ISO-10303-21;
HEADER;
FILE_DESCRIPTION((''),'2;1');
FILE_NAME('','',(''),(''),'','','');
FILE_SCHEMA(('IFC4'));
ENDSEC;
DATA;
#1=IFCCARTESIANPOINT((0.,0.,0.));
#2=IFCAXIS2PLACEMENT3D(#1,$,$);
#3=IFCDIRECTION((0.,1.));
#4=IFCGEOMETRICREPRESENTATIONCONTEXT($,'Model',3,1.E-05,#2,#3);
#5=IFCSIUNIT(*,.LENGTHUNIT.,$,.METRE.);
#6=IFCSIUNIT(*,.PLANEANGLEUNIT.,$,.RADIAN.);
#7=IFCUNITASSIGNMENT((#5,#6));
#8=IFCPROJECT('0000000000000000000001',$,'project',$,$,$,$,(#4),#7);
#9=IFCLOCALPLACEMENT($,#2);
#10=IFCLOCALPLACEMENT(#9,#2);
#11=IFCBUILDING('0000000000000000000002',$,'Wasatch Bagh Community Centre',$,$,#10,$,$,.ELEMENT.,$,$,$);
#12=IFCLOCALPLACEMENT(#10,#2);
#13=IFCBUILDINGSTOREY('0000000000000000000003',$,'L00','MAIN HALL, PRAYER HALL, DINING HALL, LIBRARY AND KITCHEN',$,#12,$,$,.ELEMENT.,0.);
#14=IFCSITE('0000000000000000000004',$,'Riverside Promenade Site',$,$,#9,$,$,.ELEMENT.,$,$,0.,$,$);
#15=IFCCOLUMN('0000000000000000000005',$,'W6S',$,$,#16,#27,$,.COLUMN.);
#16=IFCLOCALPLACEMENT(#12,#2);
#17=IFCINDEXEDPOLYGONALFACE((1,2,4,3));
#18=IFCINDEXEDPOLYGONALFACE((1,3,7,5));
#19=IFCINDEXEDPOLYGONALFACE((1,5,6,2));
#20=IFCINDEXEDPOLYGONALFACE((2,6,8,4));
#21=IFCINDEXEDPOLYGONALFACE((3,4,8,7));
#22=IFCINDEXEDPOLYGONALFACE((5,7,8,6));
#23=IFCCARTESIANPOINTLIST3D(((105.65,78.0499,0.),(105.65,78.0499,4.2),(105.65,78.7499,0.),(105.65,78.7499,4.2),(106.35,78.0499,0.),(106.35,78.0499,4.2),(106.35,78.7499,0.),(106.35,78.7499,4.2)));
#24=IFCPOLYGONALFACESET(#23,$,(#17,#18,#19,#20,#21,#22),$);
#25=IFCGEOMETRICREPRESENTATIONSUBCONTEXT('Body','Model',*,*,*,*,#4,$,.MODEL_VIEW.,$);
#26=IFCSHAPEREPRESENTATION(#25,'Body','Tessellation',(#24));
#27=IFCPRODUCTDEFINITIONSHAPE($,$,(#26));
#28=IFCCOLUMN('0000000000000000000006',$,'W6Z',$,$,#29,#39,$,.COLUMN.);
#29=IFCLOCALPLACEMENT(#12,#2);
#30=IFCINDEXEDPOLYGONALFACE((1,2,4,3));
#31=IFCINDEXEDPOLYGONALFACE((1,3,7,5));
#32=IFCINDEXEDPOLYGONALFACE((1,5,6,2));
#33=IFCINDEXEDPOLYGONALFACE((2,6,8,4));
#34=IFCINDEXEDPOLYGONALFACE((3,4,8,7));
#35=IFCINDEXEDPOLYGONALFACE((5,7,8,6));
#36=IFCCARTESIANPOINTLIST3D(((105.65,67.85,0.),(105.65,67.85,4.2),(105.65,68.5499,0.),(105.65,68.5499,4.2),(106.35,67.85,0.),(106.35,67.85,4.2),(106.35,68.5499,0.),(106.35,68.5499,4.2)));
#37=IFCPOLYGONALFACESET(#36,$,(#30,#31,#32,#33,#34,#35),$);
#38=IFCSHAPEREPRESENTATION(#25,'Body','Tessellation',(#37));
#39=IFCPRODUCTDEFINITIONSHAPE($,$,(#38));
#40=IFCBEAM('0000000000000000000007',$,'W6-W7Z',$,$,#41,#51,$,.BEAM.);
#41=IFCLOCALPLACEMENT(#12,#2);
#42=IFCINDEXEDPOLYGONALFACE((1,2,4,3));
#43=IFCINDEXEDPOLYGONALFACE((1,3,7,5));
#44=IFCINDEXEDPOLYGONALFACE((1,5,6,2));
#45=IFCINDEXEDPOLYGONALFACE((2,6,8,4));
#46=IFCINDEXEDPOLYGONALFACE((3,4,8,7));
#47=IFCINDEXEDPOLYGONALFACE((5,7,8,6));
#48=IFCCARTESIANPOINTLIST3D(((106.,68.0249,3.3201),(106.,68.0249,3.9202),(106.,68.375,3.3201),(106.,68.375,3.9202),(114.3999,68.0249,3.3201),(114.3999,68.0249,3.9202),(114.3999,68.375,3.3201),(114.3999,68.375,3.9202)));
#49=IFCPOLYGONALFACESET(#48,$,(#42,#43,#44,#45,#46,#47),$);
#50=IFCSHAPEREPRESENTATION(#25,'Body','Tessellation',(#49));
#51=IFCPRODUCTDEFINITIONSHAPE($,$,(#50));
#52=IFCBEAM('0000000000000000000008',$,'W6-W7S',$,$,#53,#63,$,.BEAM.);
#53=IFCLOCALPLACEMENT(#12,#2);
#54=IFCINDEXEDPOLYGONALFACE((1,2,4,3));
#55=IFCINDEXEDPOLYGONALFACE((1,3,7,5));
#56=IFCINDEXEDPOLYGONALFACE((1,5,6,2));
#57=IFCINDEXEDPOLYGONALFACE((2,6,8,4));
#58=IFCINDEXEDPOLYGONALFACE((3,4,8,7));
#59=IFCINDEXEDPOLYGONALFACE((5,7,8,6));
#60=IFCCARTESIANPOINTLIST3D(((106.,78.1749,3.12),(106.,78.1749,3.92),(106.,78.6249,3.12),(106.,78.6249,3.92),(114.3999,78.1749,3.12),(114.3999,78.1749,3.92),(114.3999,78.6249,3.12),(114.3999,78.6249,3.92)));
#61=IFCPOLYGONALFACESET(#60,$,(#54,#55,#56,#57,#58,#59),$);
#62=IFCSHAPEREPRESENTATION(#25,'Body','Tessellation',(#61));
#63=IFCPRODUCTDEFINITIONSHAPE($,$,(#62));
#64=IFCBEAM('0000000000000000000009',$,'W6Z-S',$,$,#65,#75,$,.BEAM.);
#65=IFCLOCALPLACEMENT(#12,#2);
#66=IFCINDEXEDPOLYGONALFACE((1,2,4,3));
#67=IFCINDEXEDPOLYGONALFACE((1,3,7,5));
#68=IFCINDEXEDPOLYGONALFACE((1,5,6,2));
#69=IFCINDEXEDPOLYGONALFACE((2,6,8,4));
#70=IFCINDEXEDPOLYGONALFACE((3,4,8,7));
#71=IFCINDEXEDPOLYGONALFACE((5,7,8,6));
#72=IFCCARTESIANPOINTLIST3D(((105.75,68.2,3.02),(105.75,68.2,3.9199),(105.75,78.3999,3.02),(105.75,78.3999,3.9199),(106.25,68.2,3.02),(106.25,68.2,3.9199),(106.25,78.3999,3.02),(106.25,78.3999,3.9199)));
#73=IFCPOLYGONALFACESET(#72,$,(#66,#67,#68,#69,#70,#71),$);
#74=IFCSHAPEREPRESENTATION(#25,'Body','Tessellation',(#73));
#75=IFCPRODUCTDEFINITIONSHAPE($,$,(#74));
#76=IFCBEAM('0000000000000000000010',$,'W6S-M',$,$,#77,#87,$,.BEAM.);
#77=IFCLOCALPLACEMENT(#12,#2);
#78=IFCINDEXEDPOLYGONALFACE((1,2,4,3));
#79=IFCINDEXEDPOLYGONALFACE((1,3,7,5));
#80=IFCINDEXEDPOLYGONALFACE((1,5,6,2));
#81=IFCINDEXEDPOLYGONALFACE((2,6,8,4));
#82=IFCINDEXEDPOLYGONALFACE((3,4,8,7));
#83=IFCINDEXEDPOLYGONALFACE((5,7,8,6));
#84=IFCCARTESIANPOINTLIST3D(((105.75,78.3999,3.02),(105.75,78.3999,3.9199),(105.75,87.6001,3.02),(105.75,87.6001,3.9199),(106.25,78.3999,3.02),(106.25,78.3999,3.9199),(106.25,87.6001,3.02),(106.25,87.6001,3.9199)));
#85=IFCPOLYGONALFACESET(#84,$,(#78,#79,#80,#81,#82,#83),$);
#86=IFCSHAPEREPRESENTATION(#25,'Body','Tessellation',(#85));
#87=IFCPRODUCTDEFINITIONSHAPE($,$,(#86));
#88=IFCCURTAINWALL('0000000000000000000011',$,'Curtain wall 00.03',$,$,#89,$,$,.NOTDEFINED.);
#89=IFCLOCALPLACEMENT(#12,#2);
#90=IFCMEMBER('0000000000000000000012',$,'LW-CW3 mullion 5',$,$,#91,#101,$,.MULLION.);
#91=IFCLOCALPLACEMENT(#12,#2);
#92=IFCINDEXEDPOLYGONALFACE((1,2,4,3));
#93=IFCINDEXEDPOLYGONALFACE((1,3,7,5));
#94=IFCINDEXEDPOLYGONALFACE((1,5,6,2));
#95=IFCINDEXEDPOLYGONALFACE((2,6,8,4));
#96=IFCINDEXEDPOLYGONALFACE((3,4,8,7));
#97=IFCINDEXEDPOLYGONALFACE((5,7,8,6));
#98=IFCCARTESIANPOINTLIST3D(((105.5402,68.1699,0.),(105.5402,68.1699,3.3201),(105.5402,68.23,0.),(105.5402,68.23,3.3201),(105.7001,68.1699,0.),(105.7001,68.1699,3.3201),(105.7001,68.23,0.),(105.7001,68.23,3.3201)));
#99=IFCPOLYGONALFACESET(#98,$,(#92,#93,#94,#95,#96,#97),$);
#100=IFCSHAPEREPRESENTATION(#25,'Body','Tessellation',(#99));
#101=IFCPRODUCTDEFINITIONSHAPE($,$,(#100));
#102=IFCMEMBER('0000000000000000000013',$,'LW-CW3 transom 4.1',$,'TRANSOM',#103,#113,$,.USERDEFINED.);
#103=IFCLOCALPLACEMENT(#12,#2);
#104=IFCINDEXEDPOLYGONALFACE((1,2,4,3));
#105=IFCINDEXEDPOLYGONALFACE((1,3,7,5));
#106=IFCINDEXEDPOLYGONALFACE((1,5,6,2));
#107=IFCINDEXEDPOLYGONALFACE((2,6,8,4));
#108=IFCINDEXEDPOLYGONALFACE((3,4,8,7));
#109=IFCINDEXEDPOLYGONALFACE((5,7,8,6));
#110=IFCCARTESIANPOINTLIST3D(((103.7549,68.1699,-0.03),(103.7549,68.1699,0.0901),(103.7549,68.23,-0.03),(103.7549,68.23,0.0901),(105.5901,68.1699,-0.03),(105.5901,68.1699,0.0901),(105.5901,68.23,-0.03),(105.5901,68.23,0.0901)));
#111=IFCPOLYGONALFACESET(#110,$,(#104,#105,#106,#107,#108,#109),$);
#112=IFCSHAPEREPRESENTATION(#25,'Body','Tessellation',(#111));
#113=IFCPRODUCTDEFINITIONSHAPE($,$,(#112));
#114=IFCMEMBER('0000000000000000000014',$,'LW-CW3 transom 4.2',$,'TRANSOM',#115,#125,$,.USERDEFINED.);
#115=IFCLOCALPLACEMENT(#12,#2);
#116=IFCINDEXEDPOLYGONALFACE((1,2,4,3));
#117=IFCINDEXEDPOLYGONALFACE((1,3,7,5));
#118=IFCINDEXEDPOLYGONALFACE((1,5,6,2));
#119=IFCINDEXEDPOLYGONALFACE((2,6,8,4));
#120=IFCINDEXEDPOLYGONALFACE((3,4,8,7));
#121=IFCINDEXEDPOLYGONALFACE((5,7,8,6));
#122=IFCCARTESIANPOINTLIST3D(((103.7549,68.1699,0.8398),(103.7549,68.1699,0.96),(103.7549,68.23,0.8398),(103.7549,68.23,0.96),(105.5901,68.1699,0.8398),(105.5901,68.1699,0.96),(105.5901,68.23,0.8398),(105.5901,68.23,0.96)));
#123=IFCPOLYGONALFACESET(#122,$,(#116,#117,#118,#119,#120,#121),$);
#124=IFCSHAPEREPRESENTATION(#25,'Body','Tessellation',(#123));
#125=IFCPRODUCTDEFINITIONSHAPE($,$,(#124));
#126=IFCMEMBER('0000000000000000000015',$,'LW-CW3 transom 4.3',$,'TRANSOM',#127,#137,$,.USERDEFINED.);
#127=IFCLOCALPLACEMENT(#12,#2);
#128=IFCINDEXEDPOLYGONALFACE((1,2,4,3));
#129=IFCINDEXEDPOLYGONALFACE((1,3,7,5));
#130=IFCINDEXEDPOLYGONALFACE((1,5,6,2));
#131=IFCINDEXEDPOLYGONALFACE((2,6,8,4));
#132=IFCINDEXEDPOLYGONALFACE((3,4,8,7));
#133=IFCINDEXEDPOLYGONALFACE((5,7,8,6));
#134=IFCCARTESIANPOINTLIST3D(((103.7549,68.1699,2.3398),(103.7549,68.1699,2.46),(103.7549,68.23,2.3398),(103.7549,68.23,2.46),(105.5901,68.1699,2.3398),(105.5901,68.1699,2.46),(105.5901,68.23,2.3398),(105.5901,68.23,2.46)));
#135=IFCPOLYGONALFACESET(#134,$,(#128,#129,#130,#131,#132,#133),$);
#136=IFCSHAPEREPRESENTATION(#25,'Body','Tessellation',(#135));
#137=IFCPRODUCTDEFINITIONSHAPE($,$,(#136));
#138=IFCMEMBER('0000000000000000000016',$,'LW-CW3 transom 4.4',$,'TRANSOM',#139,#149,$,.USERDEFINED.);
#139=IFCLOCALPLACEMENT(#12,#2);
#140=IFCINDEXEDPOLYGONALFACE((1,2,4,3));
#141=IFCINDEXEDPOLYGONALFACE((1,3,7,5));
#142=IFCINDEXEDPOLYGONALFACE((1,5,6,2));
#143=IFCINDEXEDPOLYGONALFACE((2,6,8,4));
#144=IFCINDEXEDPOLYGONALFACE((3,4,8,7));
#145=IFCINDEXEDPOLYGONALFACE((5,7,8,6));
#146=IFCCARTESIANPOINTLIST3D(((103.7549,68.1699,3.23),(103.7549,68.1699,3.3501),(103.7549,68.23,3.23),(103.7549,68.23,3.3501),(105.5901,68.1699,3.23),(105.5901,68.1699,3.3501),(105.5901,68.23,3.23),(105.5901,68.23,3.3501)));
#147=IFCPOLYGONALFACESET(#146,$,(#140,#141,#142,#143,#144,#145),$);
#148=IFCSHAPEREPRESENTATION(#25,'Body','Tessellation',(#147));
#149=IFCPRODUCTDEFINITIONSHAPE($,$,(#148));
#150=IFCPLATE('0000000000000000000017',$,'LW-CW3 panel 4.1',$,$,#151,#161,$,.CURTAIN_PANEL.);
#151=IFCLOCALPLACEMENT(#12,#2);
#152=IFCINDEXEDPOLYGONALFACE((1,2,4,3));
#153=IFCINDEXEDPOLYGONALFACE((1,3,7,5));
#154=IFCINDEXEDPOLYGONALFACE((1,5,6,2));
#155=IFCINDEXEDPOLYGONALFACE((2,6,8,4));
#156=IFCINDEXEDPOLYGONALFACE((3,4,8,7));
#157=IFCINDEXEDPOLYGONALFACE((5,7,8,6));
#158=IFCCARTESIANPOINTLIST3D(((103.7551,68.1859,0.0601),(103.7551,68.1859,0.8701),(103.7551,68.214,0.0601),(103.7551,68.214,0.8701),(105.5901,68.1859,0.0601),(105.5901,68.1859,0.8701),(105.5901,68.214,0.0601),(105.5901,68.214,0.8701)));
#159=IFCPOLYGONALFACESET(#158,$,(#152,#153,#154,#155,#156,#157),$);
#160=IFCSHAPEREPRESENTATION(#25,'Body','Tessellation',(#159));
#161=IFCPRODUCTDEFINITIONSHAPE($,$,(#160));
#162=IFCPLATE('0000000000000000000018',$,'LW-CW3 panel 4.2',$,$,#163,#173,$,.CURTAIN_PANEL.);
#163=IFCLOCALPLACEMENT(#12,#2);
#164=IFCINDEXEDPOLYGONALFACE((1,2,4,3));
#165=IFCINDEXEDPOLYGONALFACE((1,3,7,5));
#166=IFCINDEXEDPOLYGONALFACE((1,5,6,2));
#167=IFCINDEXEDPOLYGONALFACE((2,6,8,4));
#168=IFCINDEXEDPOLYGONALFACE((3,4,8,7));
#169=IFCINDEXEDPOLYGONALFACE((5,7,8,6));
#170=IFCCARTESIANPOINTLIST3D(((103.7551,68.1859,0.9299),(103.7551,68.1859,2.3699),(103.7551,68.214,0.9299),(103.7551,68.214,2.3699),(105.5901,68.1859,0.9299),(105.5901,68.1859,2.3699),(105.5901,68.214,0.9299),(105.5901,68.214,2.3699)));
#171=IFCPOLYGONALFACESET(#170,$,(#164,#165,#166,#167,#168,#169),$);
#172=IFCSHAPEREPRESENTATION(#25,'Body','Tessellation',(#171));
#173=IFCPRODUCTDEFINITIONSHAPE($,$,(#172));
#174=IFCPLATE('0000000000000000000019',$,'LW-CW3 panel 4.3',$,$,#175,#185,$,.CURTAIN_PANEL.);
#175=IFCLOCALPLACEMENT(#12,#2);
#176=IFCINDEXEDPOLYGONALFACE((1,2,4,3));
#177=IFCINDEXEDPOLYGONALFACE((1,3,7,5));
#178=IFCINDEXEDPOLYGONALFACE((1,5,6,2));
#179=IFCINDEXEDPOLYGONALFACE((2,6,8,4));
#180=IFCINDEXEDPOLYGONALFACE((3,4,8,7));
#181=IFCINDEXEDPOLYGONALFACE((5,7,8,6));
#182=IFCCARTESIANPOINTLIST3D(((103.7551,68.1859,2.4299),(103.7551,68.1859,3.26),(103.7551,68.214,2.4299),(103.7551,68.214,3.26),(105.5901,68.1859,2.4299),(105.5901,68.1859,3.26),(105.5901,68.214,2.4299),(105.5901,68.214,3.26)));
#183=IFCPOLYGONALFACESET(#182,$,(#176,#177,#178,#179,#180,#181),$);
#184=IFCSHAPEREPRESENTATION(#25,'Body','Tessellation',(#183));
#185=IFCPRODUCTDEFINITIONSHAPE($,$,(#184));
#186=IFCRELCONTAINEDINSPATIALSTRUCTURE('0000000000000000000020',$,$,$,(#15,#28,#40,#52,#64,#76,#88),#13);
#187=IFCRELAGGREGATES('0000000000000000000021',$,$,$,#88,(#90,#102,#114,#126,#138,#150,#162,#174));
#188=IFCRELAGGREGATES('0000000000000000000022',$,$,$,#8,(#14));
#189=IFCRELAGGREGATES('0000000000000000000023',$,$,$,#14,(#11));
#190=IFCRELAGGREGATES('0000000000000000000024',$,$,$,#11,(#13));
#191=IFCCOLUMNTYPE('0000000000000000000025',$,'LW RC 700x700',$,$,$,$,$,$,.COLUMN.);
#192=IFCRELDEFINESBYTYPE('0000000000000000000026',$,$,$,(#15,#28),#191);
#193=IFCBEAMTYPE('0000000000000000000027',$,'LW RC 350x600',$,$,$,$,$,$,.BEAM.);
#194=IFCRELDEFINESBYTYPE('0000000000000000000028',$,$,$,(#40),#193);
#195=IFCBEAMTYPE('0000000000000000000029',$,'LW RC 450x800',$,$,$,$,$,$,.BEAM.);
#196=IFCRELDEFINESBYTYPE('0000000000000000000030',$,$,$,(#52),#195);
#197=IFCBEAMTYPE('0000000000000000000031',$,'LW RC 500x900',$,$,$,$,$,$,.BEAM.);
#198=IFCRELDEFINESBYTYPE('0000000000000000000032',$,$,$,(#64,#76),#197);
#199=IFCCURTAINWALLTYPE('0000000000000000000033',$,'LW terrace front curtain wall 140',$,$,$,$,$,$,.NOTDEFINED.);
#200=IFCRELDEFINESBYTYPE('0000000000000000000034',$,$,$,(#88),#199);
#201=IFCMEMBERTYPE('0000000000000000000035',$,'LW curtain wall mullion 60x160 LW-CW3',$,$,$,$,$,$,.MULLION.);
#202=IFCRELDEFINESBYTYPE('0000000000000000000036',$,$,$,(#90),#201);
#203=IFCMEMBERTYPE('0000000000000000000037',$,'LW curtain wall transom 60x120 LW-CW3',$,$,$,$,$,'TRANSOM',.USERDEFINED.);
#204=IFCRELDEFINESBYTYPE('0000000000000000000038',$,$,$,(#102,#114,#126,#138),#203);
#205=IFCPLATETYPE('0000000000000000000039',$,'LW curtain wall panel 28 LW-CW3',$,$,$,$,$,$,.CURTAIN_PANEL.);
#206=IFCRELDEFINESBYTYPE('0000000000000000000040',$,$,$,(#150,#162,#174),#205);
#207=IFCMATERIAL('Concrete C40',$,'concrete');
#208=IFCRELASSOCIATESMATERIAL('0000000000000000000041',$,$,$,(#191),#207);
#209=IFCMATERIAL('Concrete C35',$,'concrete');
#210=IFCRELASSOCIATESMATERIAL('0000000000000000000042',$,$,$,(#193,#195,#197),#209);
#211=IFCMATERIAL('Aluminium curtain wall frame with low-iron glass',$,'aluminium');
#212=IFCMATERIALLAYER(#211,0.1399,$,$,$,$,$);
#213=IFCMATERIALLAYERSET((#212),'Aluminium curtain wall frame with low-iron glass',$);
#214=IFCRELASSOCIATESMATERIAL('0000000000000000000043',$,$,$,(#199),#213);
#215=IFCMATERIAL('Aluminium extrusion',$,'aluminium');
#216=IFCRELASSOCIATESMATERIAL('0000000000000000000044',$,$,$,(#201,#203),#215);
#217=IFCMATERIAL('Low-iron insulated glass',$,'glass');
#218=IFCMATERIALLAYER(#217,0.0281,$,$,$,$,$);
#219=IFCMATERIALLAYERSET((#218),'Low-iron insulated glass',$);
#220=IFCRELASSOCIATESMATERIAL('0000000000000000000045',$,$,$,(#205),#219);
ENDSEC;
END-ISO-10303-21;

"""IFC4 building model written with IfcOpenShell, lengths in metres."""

from ifc_helpers import new_model, si_unit, direction, frame, origin, origin_2d, place, context, subcontext, project, spatial, rectangle, extrude, material, layer, layer_set, material_profile, profile_set, type_object, element, aggregate, save


model = new_model("IFC4")

# Units and contexts
model_context = context("Model", 3, precision=1e-05, world=origin(), true_north=direction((0.0, 1.0)))
body_context = subcontext(model_context, "Body", "Model", "MODEL_VIEW")
ifc_project = project(units=[si_unit("LENGTHUNIT", "METRE"), si_unit("PLANEANGLEUNIT", "RADIAN")], contexts=[model_context])

# Site, building, storey
site_placement = place(None, origin())
site = spatial("IfcSite", under=ifc_project, at=site_placement, Name="Riverside Promenade Site", CompositionType="ELEMENT", RefElevation=0.0)
building_placement = place(site_placement, origin())
building = spatial("IfcBuilding", under=site, at=building_placement, Name="Wasatch Bagh Community Centre", CompositionType="ELEMENT")
storey_placement = place(building_placement, origin())
storey = spatial("IfcBuildingStorey", under=building, at=storey_placement, Name="L00", Description="MAIN HALL, PRAYER HALL, DINING HALL, LIBRARY AND KITCHEN", CompositionType="ELEMENT", Elevation=0.0)

# Shared definitions
ifc_material_1 = material(Name="Concrete C35", Category="concrete")

# Columns
ifc_material_2 = material(Name="Concrete C40", Category="concrete")
ifc_material_profile_1 = material_profile(ifc_material_2, rectangle(XDim=0.7, YDim=0.7, at=origin_2d()), Name="RC 700x700")
ifc_profile_set_1 = profile_set([ifc_material_profile_1], Name="Concrete C40")
column_type = type_object("IfcColumnType", Name="LW RC 700x700", PredefinedType="COLUMN", material=ifc_profile_set_1)
for number, where, z_axis, x_axis, name in (
    (1, (106.0, 78.3999, 0.0), (0.0, 0.0, 1.0), (1.0, 0.0, 0.0), "W6S"),
    (2, (106.0, 68.2, 0.0), (0.0, 0.0, 1.0), (1.0, 0.0, 0.0), "W6Z"),
):
    element("IfcColumn", number, at=place(storey_placement, frame(where, z_axis=z_axis, x_axis=x_axis)), inside=storey, type_object=column_type, Name=name, PredefinedType="COLUMN", context=body_context, shape_type="SweptSolid", body=[
        extrude(rectangle(XDim=0.7, YDim=0.7, at=origin_2d()), origin(), (0.0, 0.0, 1.0), 4.2),
    ])

# Beams
ifc_material_profile_2 = material_profile(ifc_material_1, rectangle(XDim=0.3501, YDim=0.6001, at=origin_2d()), Name="RC 350x600")
ifc_profile_set_2 = profile_set([ifc_material_profile_2], Name="Concrete C35")
beam_type_1 = type_object("IfcBeamType", Name="LW RC 350x600", PredefinedType="BEAM", material=ifc_profile_set_2)
beam_1_placement = place(storey_placement, frame((106.0, 68.2, 3.6201), z_axis=(1.0, 0.0, 0.0), x_axis=(0.0, 1.0, 0.0)))
element("IfcBeam", 3, at=beam_1_placement, inside=storey, type_object=beam_type_1, Name="W6-W7Z", PredefinedType="BEAM", context=body_context, shape_type="SweptSolid", body=[
    extrude(rectangle(XDim=0.3501, YDim=0.6001, at=origin_2d()), origin(), (0.0, 0.0, 1.0), 8.3999),
])
ifc_material_profile_3 = material_profile(ifc_material_1, rectangle(XDim=0.45, YDim=0.8, at=origin_2d()), Name="RC 450x800")
ifc_profile_set_3 = profile_set([ifc_material_profile_3], Name="Concrete C35")
beam_type_2 = type_object("IfcBeamType", Name="LW RC 450x800", PredefinedType="BEAM", material=ifc_profile_set_3)
beam_2_placement = place(storey_placement, frame((106.0, 78.3999, 3.52), z_axis=(1.0, 0.0, 0.0), x_axis=(0.0, 1.0, 0.0)))
element("IfcBeam", 4, at=beam_2_placement, inside=storey, type_object=beam_type_2, Name="W6-W7S", PredefinedType="BEAM", context=body_context, shape_type="SweptSolid", body=[
    extrude(rectangle(XDim=0.45, YDim=0.8, at=origin_2d()), origin(), (0.0, 0.0, 1.0), 8.3999),
])
ifc_material_profile_4 = material_profile(ifc_material_1, rectangle(XDim=0.5, YDim=0.8999, at=origin_2d()), Name="RC 500x900")
ifc_profile_set_4 = profile_set([ifc_material_profile_4], Name="Concrete C35")
beam_type_3 = type_object("IfcBeamType", Name="LW RC 500x900", PredefinedType="BEAM", material=ifc_profile_set_4)
beam_3_placement = place(storey_placement, frame((106.0, 68.2, 3.47), z_axis=(0.0, 1.0, 0.0), x_axis=(-1.0, 0.0, 0.0)))
element("IfcBeam", 5, at=beam_3_placement, inside=storey, type_object=beam_type_3, Name="W6Z-S", PredefinedType="BEAM", context=body_context, shape_type="SweptSolid", body=[
    extrude(rectangle(XDim=0.5, YDim=0.8999, at=origin_2d()), origin(), (0.0, 0.0, 1.0), 10.2),
])
beam_4_placement = place(storey_placement, frame((106.0, 78.3999, 3.47), z_axis=(0.0, 1.0, 0.0), x_axis=(-1.0, 0.0, 0.0)))
element("IfcBeam", 6, at=beam_4_placement, inside=storey, type_object=beam_type_3, Name="W6S-M", PredefinedType="BEAM", context=body_context, shape_type="SweptSolid", body=[
    extrude(rectangle(XDim=0.5, YDim=0.8999, at=origin_2d()), origin(), (0.0, 0.0, 1.0), 9.2002),
])

# Curtain wall, members, plates
ifc_material_3 = material(Name="Aluminium curtain wall frame with low-iron glass", Category="aluminium")
ifc_layer_1 = layer(ifc_material_3, 0.1399)
ifc_layer_set_1 = layer_set([ifc_layer_1], Name="Aluminium curtain wall frame with low-iron glass")
curtain_wall_type = type_object("IfcCurtainWallType", Name="LW terrace front curtain wall 140", PredefinedType="NOTDEFINED", material=ifc_layer_set_1)
curtain_wall_placement = place(storey_placement, origin())
curtain_wall = element("IfcCurtainWall", 7, at=curtain_wall_placement, inside=storey, type_object=curtain_wall_type, Name="Curtain wall 00.03", PredefinedType="NOTDEFINED")
ifc_material_4 = material(Name="Aluminium extrusion", Category="aluminium")
ifc_material_profile_5 = material_profile(ifc_material_4, rectangle(XDim=0.0601, YDim=0.1599, at=origin_2d()), Name="AL 60x160")
ifc_profile_set_5 = profile_set([ifc_material_profile_5], Name="Aluminium extrusion")
member_type_1 = type_object("IfcMemberType", Name="LW curtain wall mullion 60x160 LW-CW3", PredefinedType="MULLION", material=ifc_profile_set_5)
member_1_placement = place(storey_placement, frame((105.6201, 68.2, 0.0), z_axis=(0.0, 0.0, 1.0), x_axis=(0.0, 1.0, 0.0)))
member_1 = element("IfcMember", 8, at=member_1_placement, type_object=member_type_1, Name="LW-CW3 mullion 5", PredefinedType="MULLION", context=body_context, shape_type="SweptSolid", body=[
    extrude(rectangle(XDim=0.0601, YDim=0.1599, at=origin_2d()), origin(), (0.0, 0.0, 1.0), 3.3201),
])
ifc_material_profile_6 = material_profile(ifc_material_4, rectangle(XDim=0.0601, YDim=0.1201, at=origin_2d()), Name="AL 60x120")
ifc_profile_set_6 = profile_set([ifc_material_profile_6], Name="Aluminium extrusion")
member_type_2 = type_object("IfcMemberType", Name="LW curtain wall transom 60x120 LW-CW3", ElementType="TRANSOM", PredefinedType="USERDEFINED", material=ifc_profile_set_6)
member_2_placement = place(storey_placement, frame((103.7549, 68.2, 0.03), z_axis=(1.0, 0.0, 0.0), x_axis=(0.0, 1.0, 0.0)))
member_2 = element("IfcMember", 9, at=member_2_placement, type_object=member_type_2, Name="LW-CW3 transom 4.1", ObjectType="TRANSOM", PredefinedType="USERDEFINED", context=body_context, shape_type="SweptSolid", body=[
    extrude(rectangle(XDim=0.0601, YDim=0.1201, at=origin_2d()), origin(), (0.0, 0.0, 1.0), 1.8352),
])
member_3_placement = place(storey_placement, frame((103.7549, 68.2, 0.8999), z_axis=(1.0, 0.0, 0.0), x_axis=(0.0, 1.0, 0.0)))
member_3 = element("IfcMember", 10, at=member_3_placement, type_object=member_type_2, Name="LW-CW3 transom 4.2", ObjectType="TRANSOM", PredefinedType="USERDEFINED", context=body_context, shape_type="SweptSolid", body=[
    extrude(rectangle(XDim=0.0601, YDim=0.1201, at=origin_2d()), origin(), (0.0, 0.0, 1.0), 1.8352),
])
member_4_placement = place(storey_placement, frame((103.7549, 68.2, 2.3999), z_axis=(1.0, 0.0, 0.0), x_axis=(0.0, 1.0, 0.0)))
member_4 = element("IfcMember", 11, at=member_4_placement, type_object=member_type_2, Name="LW-CW3 transom 4.3", ObjectType="TRANSOM", PredefinedType="USERDEFINED", context=body_context, shape_type="SweptSolid", body=[
    extrude(rectangle(XDim=0.0601, YDim=0.1201, at=origin_2d()), origin(), (0.0, 0.0, 1.0), 1.8352),
])
member_5_placement = place(storey_placement, frame((103.7549, 68.2, 3.29), z_axis=(1.0, 0.0, 0.0), x_axis=(0.0, 1.0, 0.0)))
member_5 = element("IfcMember", 12, at=member_5_placement, type_object=member_type_2, Name="LW-CW3 transom 4.4", ObjectType="TRANSOM", PredefinedType="USERDEFINED", context=body_context, shape_type="SweptSolid", body=[
    extrude(rectangle(XDim=0.0601, YDim=0.1201, at=origin_2d()), origin(), (0.0, 0.0, 1.0), 1.8352),
])
ifc_material_5 = material(Name="Low-iron insulated glass", Category="glass")
ifc_layer_2 = layer(ifc_material_5, 0.0281)
ifc_layer_set_2 = layer_set([ifc_layer_2], Name="Low-iron insulated glass")
plate_type = type_object("IfcPlateType", Name="LW curtain wall panel 28 LW-CW3", PredefinedType="CURTAIN_PANEL", material=ifc_layer_set_2)
plate_1_placement = place(storey_placement, frame((104.6726, 68.2, 0.0601), z_axis=(0.0, 0.0, 1.0), x_axis=(1.0, 0.0, 0.0)))
plate_1 = element("IfcPlate", 13, at=plate_1_placement, type_object=plate_type, Name="LW-CW3 panel 4.1", PredefinedType="CURTAIN_PANEL", context=body_context, shape_type="SweptSolid", body=[
    extrude(rectangle(XDim=1.835, YDim=0.0281, at=origin_2d()), origin(), (0.0, 0.0, 1.0), 0.8101),
])
plate_2_placement = place(storey_placement, frame((104.6726, 68.2, 0.9299), z_axis=(0.0, 0.0, 1.0), x_axis=(1.0, 0.0, 0.0)))
plate_2 = element("IfcPlate", 14, at=plate_2_placement, type_object=plate_type, Name="LW-CW3 panel 4.2", PredefinedType="CURTAIN_PANEL", context=body_context, shape_type="SweptSolid", body=[
    extrude(rectangle(XDim=1.835, YDim=0.0281, at=origin_2d()), origin(), (0.0, 0.0, 1.0), 1.4399),
])
plate_3_placement = place(storey_placement, frame((104.6726, 68.2, 2.4299), z_axis=(0.0, 0.0, 1.0), x_axis=(1.0, 0.0, 0.0)))
plate_3 = element("IfcPlate", 15, at=plate_3_placement, type_object=plate_type, Name="LW-CW3 panel 4.3", PredefinedType="CURTAIN_PANEL", context=body_context, shape_type="SweptSolid", body=[
    extrude(rectangle(XDim=1.835, YDim=0.0281, at=origin_2d()), origin(), (0.0, 0.0, 1.0), 0.8301),
])
aggregate(curtain_wall, [member_1, member_2, member_3, member_4, member_5, plate_1, plate_2, plate_3])

save(model, "model.ifc")
